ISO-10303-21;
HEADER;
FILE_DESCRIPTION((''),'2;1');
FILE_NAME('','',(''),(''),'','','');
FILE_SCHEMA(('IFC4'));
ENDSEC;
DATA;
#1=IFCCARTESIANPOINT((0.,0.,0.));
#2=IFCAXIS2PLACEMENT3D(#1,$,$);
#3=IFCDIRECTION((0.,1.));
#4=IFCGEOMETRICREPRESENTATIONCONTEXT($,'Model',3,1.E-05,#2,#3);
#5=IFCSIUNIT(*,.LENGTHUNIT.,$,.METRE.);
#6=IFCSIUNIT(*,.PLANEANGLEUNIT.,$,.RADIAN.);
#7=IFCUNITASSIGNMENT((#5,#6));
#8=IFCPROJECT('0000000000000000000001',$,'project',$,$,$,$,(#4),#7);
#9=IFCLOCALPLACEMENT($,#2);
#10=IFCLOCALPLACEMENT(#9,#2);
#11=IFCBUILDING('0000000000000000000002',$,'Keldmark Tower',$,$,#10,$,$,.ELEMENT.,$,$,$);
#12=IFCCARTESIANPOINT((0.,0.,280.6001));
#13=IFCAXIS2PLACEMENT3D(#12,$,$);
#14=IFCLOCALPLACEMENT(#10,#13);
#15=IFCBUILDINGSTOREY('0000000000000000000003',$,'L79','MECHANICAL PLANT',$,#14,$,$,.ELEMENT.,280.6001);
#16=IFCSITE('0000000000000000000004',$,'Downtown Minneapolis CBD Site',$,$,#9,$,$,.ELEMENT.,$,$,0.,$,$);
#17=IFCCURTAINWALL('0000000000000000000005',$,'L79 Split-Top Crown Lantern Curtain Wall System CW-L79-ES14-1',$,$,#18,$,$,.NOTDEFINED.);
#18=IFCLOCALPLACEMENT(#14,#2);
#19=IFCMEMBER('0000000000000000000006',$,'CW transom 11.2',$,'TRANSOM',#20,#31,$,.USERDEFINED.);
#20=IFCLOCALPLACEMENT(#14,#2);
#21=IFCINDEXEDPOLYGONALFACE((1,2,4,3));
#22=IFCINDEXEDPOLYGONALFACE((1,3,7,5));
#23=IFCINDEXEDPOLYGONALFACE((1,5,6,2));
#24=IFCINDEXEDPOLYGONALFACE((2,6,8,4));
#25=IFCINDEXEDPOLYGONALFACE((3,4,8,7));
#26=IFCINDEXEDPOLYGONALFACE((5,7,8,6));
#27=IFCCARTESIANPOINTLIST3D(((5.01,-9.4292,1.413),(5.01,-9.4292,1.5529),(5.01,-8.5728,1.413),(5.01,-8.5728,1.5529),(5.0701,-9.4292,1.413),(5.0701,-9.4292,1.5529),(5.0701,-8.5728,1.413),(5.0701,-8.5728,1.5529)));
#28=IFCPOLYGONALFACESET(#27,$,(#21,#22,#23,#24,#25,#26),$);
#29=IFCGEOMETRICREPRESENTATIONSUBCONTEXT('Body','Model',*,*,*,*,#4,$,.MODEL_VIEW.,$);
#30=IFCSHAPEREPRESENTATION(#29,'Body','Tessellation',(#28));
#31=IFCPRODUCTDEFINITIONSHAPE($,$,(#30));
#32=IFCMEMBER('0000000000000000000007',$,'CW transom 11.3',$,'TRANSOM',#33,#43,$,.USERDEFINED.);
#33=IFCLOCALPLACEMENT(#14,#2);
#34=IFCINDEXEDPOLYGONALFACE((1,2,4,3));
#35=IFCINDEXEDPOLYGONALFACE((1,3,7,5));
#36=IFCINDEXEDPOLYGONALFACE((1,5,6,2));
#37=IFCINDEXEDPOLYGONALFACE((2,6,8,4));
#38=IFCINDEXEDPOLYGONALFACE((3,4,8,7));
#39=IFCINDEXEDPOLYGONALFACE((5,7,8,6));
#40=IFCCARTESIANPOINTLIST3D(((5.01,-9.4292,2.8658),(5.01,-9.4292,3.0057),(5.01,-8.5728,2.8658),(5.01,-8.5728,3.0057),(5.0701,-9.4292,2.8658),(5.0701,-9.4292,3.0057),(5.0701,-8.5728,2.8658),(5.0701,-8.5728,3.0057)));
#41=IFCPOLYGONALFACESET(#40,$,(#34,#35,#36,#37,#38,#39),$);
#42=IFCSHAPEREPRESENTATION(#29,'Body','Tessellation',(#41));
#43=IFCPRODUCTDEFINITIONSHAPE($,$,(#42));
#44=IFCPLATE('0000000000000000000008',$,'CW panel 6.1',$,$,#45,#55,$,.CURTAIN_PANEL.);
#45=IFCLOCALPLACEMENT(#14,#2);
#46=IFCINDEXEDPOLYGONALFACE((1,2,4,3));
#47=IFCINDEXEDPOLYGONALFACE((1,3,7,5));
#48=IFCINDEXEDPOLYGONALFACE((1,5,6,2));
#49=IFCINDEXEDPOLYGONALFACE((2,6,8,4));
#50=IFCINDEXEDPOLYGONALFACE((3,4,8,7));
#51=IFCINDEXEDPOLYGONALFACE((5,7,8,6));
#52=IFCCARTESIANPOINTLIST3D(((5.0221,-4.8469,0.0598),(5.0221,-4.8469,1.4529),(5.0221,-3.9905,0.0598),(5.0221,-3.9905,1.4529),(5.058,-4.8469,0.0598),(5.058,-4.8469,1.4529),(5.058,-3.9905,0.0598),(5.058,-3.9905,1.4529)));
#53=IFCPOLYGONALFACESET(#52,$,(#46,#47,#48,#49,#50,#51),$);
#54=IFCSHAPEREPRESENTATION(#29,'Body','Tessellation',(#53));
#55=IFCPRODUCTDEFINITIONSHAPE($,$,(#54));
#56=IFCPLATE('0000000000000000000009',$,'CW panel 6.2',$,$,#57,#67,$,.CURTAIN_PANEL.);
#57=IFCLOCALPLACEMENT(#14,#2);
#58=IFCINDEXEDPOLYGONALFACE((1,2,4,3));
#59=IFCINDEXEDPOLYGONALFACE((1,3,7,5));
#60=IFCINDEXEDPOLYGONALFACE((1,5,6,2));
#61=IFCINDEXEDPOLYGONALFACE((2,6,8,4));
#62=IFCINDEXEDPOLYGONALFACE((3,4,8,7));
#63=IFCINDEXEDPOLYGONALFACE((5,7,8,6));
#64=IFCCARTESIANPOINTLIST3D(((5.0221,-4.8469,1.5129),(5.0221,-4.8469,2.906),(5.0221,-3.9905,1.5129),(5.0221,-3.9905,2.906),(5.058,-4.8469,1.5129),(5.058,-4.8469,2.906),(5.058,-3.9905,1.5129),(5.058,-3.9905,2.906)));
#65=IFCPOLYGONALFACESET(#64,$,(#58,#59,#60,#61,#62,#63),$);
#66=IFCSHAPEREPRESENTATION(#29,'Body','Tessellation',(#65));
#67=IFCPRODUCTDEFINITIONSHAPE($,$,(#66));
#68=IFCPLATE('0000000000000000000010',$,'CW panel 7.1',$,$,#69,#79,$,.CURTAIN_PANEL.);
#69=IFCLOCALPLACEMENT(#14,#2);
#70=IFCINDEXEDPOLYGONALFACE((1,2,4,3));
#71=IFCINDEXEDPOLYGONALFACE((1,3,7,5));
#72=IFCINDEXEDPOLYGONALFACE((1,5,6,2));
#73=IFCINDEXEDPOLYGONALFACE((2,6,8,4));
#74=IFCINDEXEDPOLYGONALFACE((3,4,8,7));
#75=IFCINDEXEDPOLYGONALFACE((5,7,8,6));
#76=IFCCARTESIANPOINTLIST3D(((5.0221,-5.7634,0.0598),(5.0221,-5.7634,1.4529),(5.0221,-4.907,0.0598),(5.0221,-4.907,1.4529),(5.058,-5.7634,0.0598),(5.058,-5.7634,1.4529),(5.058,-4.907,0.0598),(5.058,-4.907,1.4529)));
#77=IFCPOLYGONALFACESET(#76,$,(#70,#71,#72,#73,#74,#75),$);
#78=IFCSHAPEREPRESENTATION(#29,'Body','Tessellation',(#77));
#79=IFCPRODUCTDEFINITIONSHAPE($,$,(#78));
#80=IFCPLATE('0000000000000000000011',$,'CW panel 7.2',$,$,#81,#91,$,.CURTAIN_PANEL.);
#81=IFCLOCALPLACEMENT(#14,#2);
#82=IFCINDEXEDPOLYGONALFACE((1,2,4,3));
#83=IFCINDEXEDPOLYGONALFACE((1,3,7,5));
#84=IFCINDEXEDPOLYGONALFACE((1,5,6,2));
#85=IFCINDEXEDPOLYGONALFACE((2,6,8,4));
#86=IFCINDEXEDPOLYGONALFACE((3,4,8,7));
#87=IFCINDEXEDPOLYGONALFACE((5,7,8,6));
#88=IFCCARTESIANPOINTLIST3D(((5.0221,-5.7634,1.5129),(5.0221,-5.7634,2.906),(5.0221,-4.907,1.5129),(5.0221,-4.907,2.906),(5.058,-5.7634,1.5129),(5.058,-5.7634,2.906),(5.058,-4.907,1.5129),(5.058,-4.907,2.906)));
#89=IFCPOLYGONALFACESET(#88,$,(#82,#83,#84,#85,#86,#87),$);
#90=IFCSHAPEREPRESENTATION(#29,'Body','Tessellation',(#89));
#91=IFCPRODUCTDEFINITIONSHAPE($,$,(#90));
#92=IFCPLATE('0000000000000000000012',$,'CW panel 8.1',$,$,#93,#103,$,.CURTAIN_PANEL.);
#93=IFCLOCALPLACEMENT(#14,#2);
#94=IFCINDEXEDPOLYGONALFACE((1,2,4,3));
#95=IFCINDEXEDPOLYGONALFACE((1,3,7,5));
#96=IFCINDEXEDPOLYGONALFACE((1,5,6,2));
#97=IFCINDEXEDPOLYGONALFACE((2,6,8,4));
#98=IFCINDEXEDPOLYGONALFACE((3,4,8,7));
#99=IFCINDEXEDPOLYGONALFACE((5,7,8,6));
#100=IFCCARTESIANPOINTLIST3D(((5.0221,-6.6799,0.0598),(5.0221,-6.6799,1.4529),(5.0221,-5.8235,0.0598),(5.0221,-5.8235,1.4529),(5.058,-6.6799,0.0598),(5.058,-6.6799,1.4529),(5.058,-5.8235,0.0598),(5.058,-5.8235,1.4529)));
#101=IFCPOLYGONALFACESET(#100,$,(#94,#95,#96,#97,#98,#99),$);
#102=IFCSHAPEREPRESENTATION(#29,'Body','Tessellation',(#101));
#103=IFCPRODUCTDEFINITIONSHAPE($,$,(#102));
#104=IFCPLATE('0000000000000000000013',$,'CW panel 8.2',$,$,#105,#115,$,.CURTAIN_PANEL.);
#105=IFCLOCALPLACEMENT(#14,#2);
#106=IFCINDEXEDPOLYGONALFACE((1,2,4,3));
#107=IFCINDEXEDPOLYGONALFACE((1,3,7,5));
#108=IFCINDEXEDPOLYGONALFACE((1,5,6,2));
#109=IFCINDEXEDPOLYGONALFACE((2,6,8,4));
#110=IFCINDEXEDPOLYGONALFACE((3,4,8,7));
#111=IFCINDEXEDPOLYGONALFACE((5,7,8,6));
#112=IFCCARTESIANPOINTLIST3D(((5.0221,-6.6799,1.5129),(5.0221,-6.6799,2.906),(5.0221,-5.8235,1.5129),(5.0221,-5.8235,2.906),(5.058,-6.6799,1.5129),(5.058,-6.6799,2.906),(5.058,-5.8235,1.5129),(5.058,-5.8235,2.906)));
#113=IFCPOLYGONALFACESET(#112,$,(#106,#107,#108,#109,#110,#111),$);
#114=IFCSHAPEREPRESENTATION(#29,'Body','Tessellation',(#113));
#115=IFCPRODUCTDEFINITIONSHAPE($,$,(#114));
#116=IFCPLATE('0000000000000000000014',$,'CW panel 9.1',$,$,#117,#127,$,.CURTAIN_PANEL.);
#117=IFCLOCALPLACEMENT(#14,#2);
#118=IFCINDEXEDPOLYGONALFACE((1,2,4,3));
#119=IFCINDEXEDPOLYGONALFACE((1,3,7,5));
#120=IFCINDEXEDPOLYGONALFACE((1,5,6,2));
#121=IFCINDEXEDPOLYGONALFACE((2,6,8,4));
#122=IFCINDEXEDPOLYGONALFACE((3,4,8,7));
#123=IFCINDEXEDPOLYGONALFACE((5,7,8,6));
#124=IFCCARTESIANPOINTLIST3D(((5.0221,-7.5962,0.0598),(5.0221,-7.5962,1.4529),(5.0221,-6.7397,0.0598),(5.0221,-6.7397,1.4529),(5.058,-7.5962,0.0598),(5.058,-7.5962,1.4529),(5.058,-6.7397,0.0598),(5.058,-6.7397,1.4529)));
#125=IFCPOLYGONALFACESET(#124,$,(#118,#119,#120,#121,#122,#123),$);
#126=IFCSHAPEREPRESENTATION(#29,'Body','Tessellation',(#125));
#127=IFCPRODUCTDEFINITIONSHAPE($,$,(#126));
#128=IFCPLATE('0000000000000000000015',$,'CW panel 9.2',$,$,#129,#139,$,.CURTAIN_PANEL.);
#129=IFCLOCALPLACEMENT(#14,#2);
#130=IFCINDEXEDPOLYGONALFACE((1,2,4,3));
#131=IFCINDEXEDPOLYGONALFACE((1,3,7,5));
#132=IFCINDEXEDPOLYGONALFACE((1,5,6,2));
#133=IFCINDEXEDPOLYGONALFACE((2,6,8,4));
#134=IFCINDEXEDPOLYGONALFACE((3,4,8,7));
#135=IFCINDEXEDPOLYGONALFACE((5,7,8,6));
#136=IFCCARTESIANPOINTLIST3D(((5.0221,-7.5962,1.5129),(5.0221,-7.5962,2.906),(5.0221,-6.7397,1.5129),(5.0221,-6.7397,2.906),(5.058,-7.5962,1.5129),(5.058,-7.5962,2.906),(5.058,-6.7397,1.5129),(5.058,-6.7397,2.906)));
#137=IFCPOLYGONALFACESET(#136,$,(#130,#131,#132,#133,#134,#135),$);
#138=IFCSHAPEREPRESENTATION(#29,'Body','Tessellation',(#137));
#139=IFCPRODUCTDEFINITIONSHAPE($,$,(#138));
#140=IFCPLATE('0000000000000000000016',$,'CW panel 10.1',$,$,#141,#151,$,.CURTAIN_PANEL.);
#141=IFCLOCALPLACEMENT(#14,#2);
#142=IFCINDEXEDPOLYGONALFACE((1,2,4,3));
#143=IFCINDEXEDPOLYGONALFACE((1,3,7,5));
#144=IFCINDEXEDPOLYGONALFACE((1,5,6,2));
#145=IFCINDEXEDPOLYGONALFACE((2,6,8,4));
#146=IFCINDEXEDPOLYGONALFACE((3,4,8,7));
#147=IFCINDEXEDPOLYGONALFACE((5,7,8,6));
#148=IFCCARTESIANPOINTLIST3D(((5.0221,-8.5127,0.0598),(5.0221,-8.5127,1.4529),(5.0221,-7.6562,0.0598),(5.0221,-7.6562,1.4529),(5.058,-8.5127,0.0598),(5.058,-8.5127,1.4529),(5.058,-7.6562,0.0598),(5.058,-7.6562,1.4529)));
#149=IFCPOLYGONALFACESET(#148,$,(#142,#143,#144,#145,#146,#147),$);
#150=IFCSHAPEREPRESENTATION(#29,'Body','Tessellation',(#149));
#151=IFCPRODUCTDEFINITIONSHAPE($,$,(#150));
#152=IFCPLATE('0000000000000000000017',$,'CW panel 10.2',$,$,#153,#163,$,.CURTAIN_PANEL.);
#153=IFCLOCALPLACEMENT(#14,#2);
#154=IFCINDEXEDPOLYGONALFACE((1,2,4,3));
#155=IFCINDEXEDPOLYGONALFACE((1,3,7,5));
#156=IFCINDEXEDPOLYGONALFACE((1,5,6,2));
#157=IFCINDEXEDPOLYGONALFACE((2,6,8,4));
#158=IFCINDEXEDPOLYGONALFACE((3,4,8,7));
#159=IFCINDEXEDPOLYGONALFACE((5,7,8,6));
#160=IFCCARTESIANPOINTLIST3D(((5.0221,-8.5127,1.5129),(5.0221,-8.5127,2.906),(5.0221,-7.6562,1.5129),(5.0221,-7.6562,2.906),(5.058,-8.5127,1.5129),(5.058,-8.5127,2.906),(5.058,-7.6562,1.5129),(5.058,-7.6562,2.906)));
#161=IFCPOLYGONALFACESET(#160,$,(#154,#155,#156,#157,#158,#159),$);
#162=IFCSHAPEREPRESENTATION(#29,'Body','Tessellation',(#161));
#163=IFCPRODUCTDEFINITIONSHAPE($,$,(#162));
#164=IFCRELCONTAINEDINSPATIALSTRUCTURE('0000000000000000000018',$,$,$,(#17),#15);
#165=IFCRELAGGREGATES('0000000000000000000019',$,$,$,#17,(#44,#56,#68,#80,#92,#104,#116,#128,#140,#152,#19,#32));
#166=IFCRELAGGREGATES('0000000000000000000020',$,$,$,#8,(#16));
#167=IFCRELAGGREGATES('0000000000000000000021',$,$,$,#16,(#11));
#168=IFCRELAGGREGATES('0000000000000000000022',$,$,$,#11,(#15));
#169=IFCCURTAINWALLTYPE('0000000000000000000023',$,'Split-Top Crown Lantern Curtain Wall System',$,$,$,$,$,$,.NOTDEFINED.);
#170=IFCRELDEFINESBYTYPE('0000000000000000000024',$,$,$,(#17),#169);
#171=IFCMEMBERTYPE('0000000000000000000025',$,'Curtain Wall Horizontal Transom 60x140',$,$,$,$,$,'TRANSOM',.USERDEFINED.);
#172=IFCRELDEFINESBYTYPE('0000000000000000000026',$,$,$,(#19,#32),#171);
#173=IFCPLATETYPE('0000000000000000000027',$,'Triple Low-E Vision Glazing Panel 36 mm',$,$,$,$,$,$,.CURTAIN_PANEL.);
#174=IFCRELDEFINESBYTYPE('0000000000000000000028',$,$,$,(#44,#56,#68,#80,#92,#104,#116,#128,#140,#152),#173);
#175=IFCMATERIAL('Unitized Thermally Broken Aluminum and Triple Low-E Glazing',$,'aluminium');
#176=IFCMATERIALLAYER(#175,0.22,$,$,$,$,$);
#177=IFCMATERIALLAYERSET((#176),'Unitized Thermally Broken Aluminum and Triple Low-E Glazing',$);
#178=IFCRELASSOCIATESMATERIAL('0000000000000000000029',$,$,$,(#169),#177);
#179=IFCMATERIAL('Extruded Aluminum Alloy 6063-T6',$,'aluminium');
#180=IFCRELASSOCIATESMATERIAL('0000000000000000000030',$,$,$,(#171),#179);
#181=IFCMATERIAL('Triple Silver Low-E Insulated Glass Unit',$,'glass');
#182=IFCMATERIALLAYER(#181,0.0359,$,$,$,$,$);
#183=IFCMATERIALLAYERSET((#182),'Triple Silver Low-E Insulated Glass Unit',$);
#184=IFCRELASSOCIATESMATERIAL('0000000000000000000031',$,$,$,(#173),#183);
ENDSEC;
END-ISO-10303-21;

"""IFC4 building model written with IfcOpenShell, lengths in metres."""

from ifc_helpers import new_model, si_unit, direction, frame, origin, origin_2d, place, context, subcontext, project, spatial, rectangle, extrude, material, layer, layer_set, material_profile, profile_set, type_object, element, aggregate, save


model = new_model("IFC4")

# Units and contexts
model_context = context("Model", 3, precision=1e-05, world=origin(), true_north=direction((0.0, 1.0)))
body_context = subcontext(model_context, "Body", "Model", "MODEL_VIEW")
ifc_project = project(units=[si_unit("LENGTHUNIT", "METRE"), si_unit("PLANEANGLEUNIT", "RADIAN")], contexts=[model_context])

# Site, building, storey
site_placement = place(None, origin())
site = spatial("IfcSite", under=ifc_project, at=site_placement, Name="Downtown Minneapolis CBD Site", CompositionType="ELEMENT", RefElevation=0.0)
building_placement = place(site_placement, origin())
building = spatial("IfcBuilding", under=site, at=building_placement, Name="Keldmark Tower", CompositionType="ELEMENT")
storey_placement = place(building_placement, frame((0.0, 0.0, 280.6001)))
storey = spatial("IfcBuildingStorey", under=building, at=storey_placement, Name="L79", Description="MECHANICAL PLANT", CompositionType="ELEMENT", Elevation=280.6001)

# Curtain wall, members, plates
ifc_material_1 = material(Name="Unitized Thermally Broken Aluminum and Triple Low-E Glazing", Category="aluminium")
ifc_layer_1 = layer(ifc_material_1, 0.22)
ifc_layer_set_1 = layer_set([ifc_layer_1], Name="Unitized Thermally Broken Aluminum and Triple Low-E Glazing")
curtain_wall_type = type_object("IfcCurtainWallType", Name="Split-Top Crown Lantern Curtain Wall System", PredefinedType="NOTDEFINED", material=ifc_layer_set_1)
curtain_wall_placement = place(storey_placement, origin())
curtain_wall = element("IfcCurtainWall", 1, at=curtain_wall_placement, inside=storey, type_object=curtain_wall_type, Name="L79 Split-Top Crown Lantern Curtain Wall System CW-L79-ES14-1", PredefinedType="NOTDEFINED")
ifc_material_2 = material(Name="Extruded Aluminum Alloy 6063-T6", Category="aluminium")
ifc_material_profile = material_profile(ifc_material_2, rectangle(XDim=0.0601, YDim=0.1399, at=origin_2d()), Name="CWT60X140")
ifc_profile_set = profile_set([ifc_material_profile], Name="Extruded Aluminum Alloy 6063-T6")
member_type = type_object("IfcMemberType", Name="Curtain Wall Horizontal Transom 60x140", ElementType="TRANSOM", PredefinedType="USERDEFINED", material=ifc_profile_set)
member_1_placement = place(storey_placement, frame((5.04, -8.5728, 1.4829), z_axis=(0.0, -1.0, 0.0), x_axis=(1.0, 0.0, 0.0)))
member_1 = element("IfcMember", 2, at=member_1_placement, type_object=member_type, Name="CW transom 11.2", ObjectType="TRANSOM", PredefinedType="USERDEFINED", context=body_context, shape_type="SweptSolid", body=[
    extrude(rectangle(XDim=0.0601, YDim=0.1399, at=origin_2d()), origin(), (0.0, 0.0, 1.0), 0.8564),
])
member_2_placement = place(storey_placement, frame((5.04, -8.5728, 2.9358), z_axis=(0.0, -1.0, 0.0), x_axis=(1.0, 0.0, 0.0)))
member_2 = element("IfcMember", 3, at=member_2_placement, type_object=member_type, Name="CW transom 11.3", ObjectType="TRANSOM", PredefinedType="USERDEFINED", context=body_context, shape_type="SweptSolid", body=[
    extrude(rectangle(XDim=0.0601, YDim=0.1399, at=origin_2d()), origin(), (0.0, 0.0, 1.0), 0.8564),
])
ifc_material_3 = material(Name="Triple Silver Low-E Insulated Glass Unit", Category="glass")
ifc_layer_2 = layer(ifc_material_3, 0.0359)
ifc_layer_set_2 = layer_set([ifc_layer_2], Name="Triple Silver Low-E Insulated Glass Unit")
plate_type = type_object("IfcPlateType", Name="Triple Low-E Vision Glazing Panel 36 mm", PredefinedType="CURTAIN_PANEL", material=ifc_layer_set_2)
plate_1_placement = place(storey_placement, frame((5.04, -4.4187, 0.0598), z_axis=(0.0, 0.0, 1.0), x_axis=(0.0, -1.0, 0.0)))
plate_1 = element("IfcPlate", 4, at=plate_1_placement, type_object=plate_type, Name="CW panel 6.1", PredefinedType="CURTAIN_PANEL", context=body_context, shape_type="SweptSolid", body=[
    extrude(rectangle(XDim=0.8564, YDim=0.0359, at=origin_2d()), origin(), (0.0, 0.0, 1.0), 1.3931),
])
plate_2_placement = place(storey_placement, frame((5.04, -4.4187, 1.5129), z_axis=(0.0, 0.0, 1.0), x_axis=(0.0, -1.0, 0.0)))
plate_2 = element("IfcPlate", 5, at=plate_2_placement, type_object=plate_type, Name="CW panel 6.2", PredefinedType="CURTAIN_PANEL", context=body_context, shape_type="SweptSolid", body=[
    extrude(rectangle(XDim=0.8564, YDim=0.0359, at=origin_2d()), origin(), (0.0, 0.0, 1.0), 1.3931),
])
plate_3_placement = place(storey_placement, frame((5.04, -5.3352, 0.0598), z_axis=(0.0, 0.0, 1.0), x_axis=(0.0, -1.0, 0.0)))
plate_3 = element("IfcPlate", 6, at=plate_3_placement, type_object=plate_type, Name="CW panel 7.1", PredefinedType="CURTAIN_PANEL", context=body_context, shape_type="SweptSolid", body=[
    extrude(rectangle(XDim=0.8564, YDim=0.0359, at=origin_2d()), origin(), (0.0, 0.0, 1.0), 1.3931),
])
plate_4_placement = place(storey_placement, frame((5.04, -5.3352, 1.5129), z_axis=(0.0, 0.0, 1.0), x_axis=(0.0, -1.0, 0.0)))
plate_4 = element("IfcPlate", 7, at=plate_4_placement, type_object=plate_type, Name="CW panel 7.2", PredefinedType="CURTAIN_PANEL", context=body_context, shape_type="SweptSolid", body=[
    extrude(rectangle(XDim=0.8564, YDim=0.0359, at=origin_2d()), origin(), (0.0, 0.0, 1.0), 1.3931),
])
plate_5_placement = place(storey_placement, frame((5.04, -6.2517, 0.0598), z_axis=(0.0, 0.0, 1.0), x_axis=(0.0, -1.0, 0.0)))
plate_5 = element("IfcPlate", 8, at=plate_5_placement, type_object=plate_type, Name="CW panel 8.1", PredefinedType="CURTAIN_PANEL", context=body_context, shape_type="SweptSolid", body=[
    extrude(rectangle(XDim=0.8564, YDim=0.0359, at=origin_2d()), origin(), (0.0, 0.0, 1.0), 1.3931),
])
plate_6_placement = place(storey_placement, frame((5.04, -6.2517, 1.5129), z_axis=(0.0, 0.0, 1.0), x_axis=(0.0, -1.0, 0.0)))
plate_6 = element("IfcPlate", 9, at=plate_6_placement, type_object=plate_type, Name="CW panel 8.2", PredefinedType="CURTAIN_PANEL", context=body_context, shape_type="SweptSolid", body=[
    extrude(rectangle(XDim=0.8564, YDim=0.0359, at=origin_2d()), origin(), (0.0, 0.0, 1.0), 1.3931),
])
plate_7_placement = place(storey_placement, frame((5.04, -7.168, 0.0598), z_axis=(0.0, 0.0, 1.0), x_axis=(0.0, -1.0, 0.0)))
plate_7 = element("IfcPlate", 10, at=plate_7_placement, type_object=plate_type, Name="CW panel 9.1", PredefinedType="CURTAIN_PANEL", context=body_context, shape_type="SweptSolid", body=[
    extrude(rectangle(XDim=0.8564, YDim=0.0359, at=origin_2d()), origin(), (0.0, 0.0, 1.0), 1.3931),
])
plate_8_placement = place(storey_placement, frame((5.04, -7.168, 1.5129), z_axis=(0.0, 0.0, 1.0), x_axis=(0.0, -1.0, 0.0)))
plate_8 = element("IfcPlate", 11, at=plate_8_placement, type_object=plate_type, Name="CW panel 9.2", PredefinedType="CURTAIN_PANEL", context=body_context, shape_type="SweptSolid", body=[
    extrude(rectangle(XDim=0.8564, YDim=0.0359, at=origin_2d()), origin(), (0.0, 0.0, 1.0), 1.3931),
])
plate_9_placement = place(storey_placement, frame((5.04, -8.0845, 0.0598), z_axis=(0.0, 0.0, 1.0), x_axis=(0.0, -1.0, 0.0)))
plate_9 = element("IfcPlate", 12, at=plate_9_placement, type_object=plate_type, Name="CW panel 10.1", PredefinedType="CURTAIN_PANEL", context=body_context, shape_type="SweptSolid", body=[
    extrude(rectangle(XDim=0.8564, YDim=0.0359, at=origin_2d()), origin(), (0.0, 0.0, 1.0), 1.3931),
])
plate_10_placement = place(storey_placement, frame((5.04, -8.0845, 1.5129), z_axis=(0.0, 0.0, 1.0), x_axis=(0.0, -1.0, 0.0)))
plate_10 = element("IfcPlate", 13, at=plate_10_placement, type_object=plate_type, Name="CW panel 10.2", PredefinedType="CURTAIN_PANEL", context=body_context, shape_type="SweptSolid", body=[
    extrude(rectangle(XDim=0.8564, YDim=0.0359, at=origin_2d()), origin(), (0.0, 0.0, 1.0), 1.3931),
])
aggregate(curtain_wall, [plate_1, plate_2, plate_3, plate_4, plate_5, plate_6, plate_7, plate_8, plate_9, plate_10, member_1, member_2])

save(model, "model.ifc")
